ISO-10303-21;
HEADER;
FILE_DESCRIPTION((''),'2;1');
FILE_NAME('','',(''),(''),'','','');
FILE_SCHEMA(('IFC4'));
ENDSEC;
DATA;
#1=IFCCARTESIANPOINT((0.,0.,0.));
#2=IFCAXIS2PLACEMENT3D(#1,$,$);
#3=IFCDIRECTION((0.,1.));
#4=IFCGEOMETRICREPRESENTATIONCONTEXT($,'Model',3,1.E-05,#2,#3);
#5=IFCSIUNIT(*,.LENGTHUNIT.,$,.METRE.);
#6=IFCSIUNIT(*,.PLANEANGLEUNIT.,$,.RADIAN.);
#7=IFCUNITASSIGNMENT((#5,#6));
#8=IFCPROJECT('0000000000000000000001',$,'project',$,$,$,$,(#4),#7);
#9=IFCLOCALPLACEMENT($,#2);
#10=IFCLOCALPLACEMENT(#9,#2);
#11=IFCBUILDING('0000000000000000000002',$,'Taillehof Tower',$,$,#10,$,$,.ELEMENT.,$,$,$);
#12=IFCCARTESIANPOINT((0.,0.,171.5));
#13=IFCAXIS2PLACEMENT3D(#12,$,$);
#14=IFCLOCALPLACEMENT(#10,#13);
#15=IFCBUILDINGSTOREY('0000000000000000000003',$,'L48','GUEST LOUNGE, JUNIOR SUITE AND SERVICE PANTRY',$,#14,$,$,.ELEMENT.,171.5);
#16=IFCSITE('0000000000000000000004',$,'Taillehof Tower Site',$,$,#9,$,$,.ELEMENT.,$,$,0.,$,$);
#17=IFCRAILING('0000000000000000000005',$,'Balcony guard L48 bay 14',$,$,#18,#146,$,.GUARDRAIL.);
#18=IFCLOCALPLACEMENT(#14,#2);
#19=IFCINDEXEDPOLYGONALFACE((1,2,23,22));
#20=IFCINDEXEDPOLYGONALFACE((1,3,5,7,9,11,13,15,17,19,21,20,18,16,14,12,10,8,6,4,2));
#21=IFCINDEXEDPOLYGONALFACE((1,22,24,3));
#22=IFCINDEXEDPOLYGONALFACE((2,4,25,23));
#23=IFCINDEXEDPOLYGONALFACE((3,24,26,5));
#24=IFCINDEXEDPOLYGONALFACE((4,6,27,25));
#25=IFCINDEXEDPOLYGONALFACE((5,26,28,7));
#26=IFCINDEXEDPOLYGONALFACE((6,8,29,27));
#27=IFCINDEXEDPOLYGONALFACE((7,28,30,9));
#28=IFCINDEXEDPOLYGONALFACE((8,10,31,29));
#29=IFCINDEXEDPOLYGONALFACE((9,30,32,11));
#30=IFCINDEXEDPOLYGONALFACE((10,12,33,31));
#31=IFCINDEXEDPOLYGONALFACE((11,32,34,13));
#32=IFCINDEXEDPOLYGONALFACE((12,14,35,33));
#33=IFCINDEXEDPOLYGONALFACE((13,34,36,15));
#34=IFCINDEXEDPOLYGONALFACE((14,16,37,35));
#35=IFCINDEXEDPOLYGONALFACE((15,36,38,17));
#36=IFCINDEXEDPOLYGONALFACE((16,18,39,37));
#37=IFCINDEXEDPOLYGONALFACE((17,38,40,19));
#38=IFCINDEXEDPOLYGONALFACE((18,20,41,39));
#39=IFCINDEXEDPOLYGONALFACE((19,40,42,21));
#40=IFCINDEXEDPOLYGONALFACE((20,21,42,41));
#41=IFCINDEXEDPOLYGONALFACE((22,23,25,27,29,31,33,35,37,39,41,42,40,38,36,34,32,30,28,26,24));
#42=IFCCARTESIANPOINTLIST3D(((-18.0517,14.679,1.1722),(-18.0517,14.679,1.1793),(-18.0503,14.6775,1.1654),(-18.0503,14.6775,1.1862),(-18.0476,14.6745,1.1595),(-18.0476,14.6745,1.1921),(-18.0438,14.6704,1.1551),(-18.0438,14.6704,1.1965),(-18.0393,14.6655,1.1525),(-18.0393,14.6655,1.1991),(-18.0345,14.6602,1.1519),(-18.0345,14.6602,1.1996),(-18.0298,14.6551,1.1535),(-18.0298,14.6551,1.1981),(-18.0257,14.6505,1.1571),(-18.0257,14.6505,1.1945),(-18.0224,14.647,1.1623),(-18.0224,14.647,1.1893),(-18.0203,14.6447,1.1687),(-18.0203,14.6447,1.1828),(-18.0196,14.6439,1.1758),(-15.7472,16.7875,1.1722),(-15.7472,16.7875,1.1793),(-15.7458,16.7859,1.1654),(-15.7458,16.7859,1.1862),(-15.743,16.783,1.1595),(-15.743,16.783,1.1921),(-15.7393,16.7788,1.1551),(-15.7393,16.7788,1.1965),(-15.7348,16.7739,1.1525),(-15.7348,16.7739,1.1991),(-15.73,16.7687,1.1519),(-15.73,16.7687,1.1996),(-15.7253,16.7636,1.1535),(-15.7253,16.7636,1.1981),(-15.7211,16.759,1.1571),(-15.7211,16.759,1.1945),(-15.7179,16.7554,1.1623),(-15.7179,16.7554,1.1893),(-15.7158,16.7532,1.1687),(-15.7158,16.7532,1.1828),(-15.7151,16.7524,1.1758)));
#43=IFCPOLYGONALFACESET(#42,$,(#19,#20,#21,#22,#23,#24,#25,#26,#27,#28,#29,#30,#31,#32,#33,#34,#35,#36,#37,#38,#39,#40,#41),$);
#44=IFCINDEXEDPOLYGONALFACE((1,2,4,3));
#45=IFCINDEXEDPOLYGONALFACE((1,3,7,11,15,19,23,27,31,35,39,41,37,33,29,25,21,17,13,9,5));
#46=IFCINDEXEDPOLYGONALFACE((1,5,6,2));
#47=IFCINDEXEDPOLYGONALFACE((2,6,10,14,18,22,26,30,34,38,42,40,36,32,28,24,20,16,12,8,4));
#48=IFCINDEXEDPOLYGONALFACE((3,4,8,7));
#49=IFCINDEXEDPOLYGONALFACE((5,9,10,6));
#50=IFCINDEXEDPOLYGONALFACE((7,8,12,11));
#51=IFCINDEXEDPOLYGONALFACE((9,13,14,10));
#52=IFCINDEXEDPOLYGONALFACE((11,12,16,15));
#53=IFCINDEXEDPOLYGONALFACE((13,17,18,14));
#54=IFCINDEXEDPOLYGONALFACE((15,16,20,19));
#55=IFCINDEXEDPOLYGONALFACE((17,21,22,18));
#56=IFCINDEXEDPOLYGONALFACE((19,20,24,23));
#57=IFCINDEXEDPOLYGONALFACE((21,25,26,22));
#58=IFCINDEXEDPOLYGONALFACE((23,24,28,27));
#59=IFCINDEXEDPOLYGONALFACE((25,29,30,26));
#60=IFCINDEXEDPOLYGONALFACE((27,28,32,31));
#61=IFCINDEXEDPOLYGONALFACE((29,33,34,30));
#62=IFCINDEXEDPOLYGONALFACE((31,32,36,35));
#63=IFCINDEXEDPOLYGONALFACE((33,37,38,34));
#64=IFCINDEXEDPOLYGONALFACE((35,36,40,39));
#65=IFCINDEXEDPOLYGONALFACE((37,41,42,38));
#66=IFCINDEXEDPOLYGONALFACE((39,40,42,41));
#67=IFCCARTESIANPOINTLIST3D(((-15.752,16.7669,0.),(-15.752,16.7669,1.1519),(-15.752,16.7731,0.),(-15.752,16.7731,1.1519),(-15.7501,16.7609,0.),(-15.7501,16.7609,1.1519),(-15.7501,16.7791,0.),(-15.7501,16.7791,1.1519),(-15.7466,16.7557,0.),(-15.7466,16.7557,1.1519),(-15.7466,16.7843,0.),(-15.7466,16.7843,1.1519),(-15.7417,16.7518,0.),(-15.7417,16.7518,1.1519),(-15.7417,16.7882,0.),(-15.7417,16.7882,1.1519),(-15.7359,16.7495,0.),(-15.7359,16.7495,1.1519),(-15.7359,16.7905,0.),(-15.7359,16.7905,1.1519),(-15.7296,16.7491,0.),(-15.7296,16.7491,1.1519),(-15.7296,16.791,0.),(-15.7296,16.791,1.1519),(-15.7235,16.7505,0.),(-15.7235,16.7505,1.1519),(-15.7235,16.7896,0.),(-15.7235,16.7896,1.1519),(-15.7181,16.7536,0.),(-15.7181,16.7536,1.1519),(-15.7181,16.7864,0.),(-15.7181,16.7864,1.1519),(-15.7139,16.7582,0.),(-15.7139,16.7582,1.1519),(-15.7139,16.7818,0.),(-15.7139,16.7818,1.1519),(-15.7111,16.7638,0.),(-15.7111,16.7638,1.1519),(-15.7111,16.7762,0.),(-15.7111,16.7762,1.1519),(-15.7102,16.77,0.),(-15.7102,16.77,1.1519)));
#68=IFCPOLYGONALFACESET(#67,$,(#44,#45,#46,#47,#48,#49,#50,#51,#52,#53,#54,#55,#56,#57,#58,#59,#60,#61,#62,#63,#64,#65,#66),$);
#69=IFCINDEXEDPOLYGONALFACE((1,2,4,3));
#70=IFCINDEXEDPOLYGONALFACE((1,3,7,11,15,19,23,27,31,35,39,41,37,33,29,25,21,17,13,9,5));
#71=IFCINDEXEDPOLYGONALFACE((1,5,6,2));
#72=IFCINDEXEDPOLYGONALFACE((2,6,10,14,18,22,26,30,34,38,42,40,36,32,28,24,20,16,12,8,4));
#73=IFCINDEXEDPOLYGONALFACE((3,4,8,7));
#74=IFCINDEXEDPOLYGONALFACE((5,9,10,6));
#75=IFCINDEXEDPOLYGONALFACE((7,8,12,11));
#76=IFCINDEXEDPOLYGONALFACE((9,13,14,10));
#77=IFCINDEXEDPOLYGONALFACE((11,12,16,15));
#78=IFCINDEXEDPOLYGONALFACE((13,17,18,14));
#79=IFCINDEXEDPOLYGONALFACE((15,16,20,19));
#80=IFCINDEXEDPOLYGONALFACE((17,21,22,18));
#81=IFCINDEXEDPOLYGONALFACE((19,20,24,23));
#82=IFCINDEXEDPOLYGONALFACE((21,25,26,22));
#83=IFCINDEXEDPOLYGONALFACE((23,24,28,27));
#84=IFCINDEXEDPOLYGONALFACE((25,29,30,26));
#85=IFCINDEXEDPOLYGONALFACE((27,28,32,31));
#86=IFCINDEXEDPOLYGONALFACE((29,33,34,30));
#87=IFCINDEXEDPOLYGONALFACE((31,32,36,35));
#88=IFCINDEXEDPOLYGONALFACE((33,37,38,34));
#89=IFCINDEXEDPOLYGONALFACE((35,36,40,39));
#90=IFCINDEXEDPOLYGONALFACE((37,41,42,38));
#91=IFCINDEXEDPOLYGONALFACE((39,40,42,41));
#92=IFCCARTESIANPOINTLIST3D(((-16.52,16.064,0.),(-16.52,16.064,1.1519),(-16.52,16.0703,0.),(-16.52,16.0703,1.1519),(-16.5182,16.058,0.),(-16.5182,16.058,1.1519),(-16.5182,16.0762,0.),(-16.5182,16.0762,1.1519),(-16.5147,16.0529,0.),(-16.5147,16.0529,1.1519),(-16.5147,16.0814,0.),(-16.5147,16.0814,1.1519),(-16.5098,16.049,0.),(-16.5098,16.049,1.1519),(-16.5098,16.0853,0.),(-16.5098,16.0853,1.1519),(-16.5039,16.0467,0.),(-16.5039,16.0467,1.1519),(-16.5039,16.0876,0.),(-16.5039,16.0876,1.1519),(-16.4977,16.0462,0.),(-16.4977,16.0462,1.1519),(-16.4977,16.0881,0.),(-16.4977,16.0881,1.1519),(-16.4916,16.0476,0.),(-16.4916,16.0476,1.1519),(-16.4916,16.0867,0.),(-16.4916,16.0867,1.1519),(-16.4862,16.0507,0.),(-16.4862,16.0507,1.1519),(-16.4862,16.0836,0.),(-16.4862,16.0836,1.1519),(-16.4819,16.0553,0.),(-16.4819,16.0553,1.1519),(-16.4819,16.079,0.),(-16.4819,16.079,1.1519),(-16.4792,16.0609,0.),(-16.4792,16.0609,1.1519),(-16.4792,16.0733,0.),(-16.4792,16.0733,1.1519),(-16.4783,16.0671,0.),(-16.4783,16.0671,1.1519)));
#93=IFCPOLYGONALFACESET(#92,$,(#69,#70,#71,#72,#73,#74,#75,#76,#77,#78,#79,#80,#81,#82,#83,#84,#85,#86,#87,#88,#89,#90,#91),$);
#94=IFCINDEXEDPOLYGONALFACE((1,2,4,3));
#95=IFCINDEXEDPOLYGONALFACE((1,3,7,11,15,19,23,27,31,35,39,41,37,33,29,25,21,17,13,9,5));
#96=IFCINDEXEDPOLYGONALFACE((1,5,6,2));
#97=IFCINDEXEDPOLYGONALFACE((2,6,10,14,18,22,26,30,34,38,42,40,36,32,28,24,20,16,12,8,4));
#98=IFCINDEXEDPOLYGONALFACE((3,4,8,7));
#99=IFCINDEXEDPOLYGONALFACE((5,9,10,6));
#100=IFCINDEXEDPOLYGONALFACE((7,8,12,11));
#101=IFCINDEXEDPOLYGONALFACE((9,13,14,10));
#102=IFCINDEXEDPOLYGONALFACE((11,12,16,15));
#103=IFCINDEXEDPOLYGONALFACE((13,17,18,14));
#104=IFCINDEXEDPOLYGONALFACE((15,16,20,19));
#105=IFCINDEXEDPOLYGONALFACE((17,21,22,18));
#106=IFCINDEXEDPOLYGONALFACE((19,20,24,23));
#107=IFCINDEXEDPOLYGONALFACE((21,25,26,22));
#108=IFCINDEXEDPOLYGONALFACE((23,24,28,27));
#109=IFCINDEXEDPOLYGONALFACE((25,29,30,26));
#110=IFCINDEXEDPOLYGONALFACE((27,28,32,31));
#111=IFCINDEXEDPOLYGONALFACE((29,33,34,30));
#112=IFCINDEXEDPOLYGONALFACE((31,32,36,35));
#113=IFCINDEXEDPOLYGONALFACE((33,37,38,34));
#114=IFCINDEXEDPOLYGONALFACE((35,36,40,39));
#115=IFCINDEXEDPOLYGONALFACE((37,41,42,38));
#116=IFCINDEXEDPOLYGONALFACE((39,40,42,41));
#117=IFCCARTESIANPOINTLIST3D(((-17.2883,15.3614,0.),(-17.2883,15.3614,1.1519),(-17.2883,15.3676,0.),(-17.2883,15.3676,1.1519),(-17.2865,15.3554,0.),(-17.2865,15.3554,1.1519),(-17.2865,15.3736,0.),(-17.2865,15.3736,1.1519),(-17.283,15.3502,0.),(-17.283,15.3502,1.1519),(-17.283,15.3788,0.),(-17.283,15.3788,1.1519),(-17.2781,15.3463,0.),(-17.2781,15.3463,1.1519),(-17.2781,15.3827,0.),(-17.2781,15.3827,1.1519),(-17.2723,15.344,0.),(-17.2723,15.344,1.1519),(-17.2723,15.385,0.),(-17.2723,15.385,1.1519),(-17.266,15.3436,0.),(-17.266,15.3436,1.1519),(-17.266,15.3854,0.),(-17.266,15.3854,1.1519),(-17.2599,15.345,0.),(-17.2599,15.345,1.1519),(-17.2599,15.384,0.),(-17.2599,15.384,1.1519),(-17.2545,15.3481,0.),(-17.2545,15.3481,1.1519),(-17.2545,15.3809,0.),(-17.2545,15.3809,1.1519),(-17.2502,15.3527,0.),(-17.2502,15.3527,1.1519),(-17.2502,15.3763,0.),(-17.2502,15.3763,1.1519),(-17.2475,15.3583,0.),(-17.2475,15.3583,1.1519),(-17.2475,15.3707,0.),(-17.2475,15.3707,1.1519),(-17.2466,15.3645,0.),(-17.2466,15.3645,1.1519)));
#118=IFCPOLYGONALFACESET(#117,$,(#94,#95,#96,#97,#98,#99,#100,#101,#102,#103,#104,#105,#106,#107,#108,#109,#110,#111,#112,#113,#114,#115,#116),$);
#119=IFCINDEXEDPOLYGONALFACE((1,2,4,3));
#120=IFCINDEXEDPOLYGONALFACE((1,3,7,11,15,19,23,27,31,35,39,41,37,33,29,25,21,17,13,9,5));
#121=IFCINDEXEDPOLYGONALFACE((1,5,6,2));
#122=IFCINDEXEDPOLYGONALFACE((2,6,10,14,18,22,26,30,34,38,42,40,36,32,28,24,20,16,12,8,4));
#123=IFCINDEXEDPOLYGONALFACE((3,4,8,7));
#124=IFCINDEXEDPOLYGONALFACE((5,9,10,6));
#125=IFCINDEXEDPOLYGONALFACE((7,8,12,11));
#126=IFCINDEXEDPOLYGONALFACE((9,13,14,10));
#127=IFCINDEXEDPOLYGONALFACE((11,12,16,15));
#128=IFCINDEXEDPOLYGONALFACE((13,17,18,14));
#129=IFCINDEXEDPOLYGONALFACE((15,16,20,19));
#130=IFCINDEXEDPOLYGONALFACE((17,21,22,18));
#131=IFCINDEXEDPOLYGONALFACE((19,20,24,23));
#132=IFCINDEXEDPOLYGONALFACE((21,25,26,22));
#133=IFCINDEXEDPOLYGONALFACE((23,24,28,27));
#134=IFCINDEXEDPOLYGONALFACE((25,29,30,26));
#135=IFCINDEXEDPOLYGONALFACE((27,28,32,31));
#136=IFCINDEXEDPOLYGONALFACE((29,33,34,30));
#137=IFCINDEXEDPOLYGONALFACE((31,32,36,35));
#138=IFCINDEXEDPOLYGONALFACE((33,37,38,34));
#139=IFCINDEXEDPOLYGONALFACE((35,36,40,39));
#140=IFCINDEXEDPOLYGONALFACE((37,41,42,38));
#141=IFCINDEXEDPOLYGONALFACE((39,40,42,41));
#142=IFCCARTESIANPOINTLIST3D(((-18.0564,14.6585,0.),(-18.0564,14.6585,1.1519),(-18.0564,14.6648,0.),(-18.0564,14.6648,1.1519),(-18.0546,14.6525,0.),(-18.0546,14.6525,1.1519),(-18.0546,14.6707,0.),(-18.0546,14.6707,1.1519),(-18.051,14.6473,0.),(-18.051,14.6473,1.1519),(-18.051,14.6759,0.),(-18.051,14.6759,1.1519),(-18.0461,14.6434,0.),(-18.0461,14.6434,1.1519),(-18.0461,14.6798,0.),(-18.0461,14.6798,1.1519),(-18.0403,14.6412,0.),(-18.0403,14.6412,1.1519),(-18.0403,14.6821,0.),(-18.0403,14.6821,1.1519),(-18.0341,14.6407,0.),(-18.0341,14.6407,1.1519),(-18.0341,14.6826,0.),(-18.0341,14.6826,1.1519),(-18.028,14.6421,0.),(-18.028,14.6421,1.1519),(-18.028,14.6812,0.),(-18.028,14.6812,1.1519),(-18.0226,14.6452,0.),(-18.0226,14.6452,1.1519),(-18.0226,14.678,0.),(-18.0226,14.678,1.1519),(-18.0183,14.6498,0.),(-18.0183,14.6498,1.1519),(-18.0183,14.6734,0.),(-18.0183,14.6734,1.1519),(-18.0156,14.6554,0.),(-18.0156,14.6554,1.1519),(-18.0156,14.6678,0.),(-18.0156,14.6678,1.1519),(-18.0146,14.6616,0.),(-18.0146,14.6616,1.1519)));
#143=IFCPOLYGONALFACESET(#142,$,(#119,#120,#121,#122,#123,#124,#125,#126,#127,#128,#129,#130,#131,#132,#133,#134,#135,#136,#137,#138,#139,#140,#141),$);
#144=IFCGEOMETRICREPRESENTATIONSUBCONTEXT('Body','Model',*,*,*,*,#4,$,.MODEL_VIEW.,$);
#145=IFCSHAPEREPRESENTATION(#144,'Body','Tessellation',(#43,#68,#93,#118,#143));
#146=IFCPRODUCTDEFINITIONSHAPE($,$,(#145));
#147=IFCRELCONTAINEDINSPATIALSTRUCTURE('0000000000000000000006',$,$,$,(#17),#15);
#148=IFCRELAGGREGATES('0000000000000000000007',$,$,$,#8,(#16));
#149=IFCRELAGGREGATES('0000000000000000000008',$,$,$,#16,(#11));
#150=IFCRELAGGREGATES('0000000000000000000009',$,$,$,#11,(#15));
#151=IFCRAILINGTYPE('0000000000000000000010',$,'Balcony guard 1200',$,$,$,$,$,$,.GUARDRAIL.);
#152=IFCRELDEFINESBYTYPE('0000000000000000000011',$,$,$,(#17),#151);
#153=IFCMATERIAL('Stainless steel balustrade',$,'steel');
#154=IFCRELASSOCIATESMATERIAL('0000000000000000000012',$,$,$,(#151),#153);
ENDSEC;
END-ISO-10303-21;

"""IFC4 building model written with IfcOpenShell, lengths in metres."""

from ifc_helpers import new_model, si_unit, direction, frame, origin, origin_2d, place, context, subcontext, project, spatial, circle, extrude, material, type_object, element, save


model = new_model("IFC4")

# Units and contexts
model_context = context("Model", 3, precision=1e-05, world=origin(), true_north=direction((0.0, 1.0)))
body_context = subcontext(model_context, "Body", "Model", "MODEL_VIEW")
ifc_project = project(units=[si_unit("LENGTHUNIT", "METRE"), si_unit("PLANEANGLEUNIT", "RADIAN")], contexts=[model_context])

# Site, building, storey
site_placement = place(None, origin())
site = spatial("IfcSite", under=ifc_project, at=site_placement, Name="Taillehof Tower Site", CompositionType="ELEMENT", RefElevation=0.0)
building_placement = place(site_placement, origin())
building = spatial("IfcBuilding", under=site, at=building_placement, Name="Taillehof Tower", CompositionType="ELEMENT")
storey_placement = place(building_placement, frame((0.0, 0.0, 171.5)))
storey = spatial("IfcBuildingStorey", under=building, at=storey_placement, Name="L48", Description="GUEST LOUNGE, JUNIOR SUITE AND SERVICE PANTRY", CompositionType="ELEMENT", Elevation=171.5)

# Railing
ifc_material_1 = material(Name="Stainless steel balustrade", Category="steel")
railing_type = type_object("IfcRailingType", Name="Balcony guard 1200", PredefinedType="GUARDRAIL", material=ifc_material_1)
railing_1_placement = place(storey_placement, frame((-15.7312, 16.77, 0.0)))
element("IfcRailing", 1, at=railing_1_placement, inside=storey, type_object=railing_type, Name="Balcony guard L48 bay 14", PredefinedType="GUARDRAIL", context=body_context, shape_type="SweptSolid", body=[
    extrude(circle(Radius=0.0239, at=origin_2d()), frame((0.0, 0.0, 1.1758), z_axis=(-0.737793, -0.675027, 0.0), x_axis=(0.675027, -0.737793, 0.0)), (0.0, 0.0, 1.0), 3.1235),
    extrude(circle(Radius=0.021, at=origin_2d()), origin(), (0.0, 0.0, 1.0), 1.1519),
    extrude(circle(Radius=0.021, at=origin_2d()), frame((-0.7681, -0.7029, 0.0)), (0.0, 0.0, 1.0), 1.1519),
    extrude(circle(Radius=0.021, at=origin_2d()), frame((-1.5364, -1.4055, 0.0)), (0.0, 0.0, 1.0), 1.1519),
    extrude(circle(Radius=0.021, at=origin_2d()), frame((-2.3044, -2.1084, 0.0)), (0.0, 0.0, 1.0), 1.1519),
])

save(model, "model.ifc")
